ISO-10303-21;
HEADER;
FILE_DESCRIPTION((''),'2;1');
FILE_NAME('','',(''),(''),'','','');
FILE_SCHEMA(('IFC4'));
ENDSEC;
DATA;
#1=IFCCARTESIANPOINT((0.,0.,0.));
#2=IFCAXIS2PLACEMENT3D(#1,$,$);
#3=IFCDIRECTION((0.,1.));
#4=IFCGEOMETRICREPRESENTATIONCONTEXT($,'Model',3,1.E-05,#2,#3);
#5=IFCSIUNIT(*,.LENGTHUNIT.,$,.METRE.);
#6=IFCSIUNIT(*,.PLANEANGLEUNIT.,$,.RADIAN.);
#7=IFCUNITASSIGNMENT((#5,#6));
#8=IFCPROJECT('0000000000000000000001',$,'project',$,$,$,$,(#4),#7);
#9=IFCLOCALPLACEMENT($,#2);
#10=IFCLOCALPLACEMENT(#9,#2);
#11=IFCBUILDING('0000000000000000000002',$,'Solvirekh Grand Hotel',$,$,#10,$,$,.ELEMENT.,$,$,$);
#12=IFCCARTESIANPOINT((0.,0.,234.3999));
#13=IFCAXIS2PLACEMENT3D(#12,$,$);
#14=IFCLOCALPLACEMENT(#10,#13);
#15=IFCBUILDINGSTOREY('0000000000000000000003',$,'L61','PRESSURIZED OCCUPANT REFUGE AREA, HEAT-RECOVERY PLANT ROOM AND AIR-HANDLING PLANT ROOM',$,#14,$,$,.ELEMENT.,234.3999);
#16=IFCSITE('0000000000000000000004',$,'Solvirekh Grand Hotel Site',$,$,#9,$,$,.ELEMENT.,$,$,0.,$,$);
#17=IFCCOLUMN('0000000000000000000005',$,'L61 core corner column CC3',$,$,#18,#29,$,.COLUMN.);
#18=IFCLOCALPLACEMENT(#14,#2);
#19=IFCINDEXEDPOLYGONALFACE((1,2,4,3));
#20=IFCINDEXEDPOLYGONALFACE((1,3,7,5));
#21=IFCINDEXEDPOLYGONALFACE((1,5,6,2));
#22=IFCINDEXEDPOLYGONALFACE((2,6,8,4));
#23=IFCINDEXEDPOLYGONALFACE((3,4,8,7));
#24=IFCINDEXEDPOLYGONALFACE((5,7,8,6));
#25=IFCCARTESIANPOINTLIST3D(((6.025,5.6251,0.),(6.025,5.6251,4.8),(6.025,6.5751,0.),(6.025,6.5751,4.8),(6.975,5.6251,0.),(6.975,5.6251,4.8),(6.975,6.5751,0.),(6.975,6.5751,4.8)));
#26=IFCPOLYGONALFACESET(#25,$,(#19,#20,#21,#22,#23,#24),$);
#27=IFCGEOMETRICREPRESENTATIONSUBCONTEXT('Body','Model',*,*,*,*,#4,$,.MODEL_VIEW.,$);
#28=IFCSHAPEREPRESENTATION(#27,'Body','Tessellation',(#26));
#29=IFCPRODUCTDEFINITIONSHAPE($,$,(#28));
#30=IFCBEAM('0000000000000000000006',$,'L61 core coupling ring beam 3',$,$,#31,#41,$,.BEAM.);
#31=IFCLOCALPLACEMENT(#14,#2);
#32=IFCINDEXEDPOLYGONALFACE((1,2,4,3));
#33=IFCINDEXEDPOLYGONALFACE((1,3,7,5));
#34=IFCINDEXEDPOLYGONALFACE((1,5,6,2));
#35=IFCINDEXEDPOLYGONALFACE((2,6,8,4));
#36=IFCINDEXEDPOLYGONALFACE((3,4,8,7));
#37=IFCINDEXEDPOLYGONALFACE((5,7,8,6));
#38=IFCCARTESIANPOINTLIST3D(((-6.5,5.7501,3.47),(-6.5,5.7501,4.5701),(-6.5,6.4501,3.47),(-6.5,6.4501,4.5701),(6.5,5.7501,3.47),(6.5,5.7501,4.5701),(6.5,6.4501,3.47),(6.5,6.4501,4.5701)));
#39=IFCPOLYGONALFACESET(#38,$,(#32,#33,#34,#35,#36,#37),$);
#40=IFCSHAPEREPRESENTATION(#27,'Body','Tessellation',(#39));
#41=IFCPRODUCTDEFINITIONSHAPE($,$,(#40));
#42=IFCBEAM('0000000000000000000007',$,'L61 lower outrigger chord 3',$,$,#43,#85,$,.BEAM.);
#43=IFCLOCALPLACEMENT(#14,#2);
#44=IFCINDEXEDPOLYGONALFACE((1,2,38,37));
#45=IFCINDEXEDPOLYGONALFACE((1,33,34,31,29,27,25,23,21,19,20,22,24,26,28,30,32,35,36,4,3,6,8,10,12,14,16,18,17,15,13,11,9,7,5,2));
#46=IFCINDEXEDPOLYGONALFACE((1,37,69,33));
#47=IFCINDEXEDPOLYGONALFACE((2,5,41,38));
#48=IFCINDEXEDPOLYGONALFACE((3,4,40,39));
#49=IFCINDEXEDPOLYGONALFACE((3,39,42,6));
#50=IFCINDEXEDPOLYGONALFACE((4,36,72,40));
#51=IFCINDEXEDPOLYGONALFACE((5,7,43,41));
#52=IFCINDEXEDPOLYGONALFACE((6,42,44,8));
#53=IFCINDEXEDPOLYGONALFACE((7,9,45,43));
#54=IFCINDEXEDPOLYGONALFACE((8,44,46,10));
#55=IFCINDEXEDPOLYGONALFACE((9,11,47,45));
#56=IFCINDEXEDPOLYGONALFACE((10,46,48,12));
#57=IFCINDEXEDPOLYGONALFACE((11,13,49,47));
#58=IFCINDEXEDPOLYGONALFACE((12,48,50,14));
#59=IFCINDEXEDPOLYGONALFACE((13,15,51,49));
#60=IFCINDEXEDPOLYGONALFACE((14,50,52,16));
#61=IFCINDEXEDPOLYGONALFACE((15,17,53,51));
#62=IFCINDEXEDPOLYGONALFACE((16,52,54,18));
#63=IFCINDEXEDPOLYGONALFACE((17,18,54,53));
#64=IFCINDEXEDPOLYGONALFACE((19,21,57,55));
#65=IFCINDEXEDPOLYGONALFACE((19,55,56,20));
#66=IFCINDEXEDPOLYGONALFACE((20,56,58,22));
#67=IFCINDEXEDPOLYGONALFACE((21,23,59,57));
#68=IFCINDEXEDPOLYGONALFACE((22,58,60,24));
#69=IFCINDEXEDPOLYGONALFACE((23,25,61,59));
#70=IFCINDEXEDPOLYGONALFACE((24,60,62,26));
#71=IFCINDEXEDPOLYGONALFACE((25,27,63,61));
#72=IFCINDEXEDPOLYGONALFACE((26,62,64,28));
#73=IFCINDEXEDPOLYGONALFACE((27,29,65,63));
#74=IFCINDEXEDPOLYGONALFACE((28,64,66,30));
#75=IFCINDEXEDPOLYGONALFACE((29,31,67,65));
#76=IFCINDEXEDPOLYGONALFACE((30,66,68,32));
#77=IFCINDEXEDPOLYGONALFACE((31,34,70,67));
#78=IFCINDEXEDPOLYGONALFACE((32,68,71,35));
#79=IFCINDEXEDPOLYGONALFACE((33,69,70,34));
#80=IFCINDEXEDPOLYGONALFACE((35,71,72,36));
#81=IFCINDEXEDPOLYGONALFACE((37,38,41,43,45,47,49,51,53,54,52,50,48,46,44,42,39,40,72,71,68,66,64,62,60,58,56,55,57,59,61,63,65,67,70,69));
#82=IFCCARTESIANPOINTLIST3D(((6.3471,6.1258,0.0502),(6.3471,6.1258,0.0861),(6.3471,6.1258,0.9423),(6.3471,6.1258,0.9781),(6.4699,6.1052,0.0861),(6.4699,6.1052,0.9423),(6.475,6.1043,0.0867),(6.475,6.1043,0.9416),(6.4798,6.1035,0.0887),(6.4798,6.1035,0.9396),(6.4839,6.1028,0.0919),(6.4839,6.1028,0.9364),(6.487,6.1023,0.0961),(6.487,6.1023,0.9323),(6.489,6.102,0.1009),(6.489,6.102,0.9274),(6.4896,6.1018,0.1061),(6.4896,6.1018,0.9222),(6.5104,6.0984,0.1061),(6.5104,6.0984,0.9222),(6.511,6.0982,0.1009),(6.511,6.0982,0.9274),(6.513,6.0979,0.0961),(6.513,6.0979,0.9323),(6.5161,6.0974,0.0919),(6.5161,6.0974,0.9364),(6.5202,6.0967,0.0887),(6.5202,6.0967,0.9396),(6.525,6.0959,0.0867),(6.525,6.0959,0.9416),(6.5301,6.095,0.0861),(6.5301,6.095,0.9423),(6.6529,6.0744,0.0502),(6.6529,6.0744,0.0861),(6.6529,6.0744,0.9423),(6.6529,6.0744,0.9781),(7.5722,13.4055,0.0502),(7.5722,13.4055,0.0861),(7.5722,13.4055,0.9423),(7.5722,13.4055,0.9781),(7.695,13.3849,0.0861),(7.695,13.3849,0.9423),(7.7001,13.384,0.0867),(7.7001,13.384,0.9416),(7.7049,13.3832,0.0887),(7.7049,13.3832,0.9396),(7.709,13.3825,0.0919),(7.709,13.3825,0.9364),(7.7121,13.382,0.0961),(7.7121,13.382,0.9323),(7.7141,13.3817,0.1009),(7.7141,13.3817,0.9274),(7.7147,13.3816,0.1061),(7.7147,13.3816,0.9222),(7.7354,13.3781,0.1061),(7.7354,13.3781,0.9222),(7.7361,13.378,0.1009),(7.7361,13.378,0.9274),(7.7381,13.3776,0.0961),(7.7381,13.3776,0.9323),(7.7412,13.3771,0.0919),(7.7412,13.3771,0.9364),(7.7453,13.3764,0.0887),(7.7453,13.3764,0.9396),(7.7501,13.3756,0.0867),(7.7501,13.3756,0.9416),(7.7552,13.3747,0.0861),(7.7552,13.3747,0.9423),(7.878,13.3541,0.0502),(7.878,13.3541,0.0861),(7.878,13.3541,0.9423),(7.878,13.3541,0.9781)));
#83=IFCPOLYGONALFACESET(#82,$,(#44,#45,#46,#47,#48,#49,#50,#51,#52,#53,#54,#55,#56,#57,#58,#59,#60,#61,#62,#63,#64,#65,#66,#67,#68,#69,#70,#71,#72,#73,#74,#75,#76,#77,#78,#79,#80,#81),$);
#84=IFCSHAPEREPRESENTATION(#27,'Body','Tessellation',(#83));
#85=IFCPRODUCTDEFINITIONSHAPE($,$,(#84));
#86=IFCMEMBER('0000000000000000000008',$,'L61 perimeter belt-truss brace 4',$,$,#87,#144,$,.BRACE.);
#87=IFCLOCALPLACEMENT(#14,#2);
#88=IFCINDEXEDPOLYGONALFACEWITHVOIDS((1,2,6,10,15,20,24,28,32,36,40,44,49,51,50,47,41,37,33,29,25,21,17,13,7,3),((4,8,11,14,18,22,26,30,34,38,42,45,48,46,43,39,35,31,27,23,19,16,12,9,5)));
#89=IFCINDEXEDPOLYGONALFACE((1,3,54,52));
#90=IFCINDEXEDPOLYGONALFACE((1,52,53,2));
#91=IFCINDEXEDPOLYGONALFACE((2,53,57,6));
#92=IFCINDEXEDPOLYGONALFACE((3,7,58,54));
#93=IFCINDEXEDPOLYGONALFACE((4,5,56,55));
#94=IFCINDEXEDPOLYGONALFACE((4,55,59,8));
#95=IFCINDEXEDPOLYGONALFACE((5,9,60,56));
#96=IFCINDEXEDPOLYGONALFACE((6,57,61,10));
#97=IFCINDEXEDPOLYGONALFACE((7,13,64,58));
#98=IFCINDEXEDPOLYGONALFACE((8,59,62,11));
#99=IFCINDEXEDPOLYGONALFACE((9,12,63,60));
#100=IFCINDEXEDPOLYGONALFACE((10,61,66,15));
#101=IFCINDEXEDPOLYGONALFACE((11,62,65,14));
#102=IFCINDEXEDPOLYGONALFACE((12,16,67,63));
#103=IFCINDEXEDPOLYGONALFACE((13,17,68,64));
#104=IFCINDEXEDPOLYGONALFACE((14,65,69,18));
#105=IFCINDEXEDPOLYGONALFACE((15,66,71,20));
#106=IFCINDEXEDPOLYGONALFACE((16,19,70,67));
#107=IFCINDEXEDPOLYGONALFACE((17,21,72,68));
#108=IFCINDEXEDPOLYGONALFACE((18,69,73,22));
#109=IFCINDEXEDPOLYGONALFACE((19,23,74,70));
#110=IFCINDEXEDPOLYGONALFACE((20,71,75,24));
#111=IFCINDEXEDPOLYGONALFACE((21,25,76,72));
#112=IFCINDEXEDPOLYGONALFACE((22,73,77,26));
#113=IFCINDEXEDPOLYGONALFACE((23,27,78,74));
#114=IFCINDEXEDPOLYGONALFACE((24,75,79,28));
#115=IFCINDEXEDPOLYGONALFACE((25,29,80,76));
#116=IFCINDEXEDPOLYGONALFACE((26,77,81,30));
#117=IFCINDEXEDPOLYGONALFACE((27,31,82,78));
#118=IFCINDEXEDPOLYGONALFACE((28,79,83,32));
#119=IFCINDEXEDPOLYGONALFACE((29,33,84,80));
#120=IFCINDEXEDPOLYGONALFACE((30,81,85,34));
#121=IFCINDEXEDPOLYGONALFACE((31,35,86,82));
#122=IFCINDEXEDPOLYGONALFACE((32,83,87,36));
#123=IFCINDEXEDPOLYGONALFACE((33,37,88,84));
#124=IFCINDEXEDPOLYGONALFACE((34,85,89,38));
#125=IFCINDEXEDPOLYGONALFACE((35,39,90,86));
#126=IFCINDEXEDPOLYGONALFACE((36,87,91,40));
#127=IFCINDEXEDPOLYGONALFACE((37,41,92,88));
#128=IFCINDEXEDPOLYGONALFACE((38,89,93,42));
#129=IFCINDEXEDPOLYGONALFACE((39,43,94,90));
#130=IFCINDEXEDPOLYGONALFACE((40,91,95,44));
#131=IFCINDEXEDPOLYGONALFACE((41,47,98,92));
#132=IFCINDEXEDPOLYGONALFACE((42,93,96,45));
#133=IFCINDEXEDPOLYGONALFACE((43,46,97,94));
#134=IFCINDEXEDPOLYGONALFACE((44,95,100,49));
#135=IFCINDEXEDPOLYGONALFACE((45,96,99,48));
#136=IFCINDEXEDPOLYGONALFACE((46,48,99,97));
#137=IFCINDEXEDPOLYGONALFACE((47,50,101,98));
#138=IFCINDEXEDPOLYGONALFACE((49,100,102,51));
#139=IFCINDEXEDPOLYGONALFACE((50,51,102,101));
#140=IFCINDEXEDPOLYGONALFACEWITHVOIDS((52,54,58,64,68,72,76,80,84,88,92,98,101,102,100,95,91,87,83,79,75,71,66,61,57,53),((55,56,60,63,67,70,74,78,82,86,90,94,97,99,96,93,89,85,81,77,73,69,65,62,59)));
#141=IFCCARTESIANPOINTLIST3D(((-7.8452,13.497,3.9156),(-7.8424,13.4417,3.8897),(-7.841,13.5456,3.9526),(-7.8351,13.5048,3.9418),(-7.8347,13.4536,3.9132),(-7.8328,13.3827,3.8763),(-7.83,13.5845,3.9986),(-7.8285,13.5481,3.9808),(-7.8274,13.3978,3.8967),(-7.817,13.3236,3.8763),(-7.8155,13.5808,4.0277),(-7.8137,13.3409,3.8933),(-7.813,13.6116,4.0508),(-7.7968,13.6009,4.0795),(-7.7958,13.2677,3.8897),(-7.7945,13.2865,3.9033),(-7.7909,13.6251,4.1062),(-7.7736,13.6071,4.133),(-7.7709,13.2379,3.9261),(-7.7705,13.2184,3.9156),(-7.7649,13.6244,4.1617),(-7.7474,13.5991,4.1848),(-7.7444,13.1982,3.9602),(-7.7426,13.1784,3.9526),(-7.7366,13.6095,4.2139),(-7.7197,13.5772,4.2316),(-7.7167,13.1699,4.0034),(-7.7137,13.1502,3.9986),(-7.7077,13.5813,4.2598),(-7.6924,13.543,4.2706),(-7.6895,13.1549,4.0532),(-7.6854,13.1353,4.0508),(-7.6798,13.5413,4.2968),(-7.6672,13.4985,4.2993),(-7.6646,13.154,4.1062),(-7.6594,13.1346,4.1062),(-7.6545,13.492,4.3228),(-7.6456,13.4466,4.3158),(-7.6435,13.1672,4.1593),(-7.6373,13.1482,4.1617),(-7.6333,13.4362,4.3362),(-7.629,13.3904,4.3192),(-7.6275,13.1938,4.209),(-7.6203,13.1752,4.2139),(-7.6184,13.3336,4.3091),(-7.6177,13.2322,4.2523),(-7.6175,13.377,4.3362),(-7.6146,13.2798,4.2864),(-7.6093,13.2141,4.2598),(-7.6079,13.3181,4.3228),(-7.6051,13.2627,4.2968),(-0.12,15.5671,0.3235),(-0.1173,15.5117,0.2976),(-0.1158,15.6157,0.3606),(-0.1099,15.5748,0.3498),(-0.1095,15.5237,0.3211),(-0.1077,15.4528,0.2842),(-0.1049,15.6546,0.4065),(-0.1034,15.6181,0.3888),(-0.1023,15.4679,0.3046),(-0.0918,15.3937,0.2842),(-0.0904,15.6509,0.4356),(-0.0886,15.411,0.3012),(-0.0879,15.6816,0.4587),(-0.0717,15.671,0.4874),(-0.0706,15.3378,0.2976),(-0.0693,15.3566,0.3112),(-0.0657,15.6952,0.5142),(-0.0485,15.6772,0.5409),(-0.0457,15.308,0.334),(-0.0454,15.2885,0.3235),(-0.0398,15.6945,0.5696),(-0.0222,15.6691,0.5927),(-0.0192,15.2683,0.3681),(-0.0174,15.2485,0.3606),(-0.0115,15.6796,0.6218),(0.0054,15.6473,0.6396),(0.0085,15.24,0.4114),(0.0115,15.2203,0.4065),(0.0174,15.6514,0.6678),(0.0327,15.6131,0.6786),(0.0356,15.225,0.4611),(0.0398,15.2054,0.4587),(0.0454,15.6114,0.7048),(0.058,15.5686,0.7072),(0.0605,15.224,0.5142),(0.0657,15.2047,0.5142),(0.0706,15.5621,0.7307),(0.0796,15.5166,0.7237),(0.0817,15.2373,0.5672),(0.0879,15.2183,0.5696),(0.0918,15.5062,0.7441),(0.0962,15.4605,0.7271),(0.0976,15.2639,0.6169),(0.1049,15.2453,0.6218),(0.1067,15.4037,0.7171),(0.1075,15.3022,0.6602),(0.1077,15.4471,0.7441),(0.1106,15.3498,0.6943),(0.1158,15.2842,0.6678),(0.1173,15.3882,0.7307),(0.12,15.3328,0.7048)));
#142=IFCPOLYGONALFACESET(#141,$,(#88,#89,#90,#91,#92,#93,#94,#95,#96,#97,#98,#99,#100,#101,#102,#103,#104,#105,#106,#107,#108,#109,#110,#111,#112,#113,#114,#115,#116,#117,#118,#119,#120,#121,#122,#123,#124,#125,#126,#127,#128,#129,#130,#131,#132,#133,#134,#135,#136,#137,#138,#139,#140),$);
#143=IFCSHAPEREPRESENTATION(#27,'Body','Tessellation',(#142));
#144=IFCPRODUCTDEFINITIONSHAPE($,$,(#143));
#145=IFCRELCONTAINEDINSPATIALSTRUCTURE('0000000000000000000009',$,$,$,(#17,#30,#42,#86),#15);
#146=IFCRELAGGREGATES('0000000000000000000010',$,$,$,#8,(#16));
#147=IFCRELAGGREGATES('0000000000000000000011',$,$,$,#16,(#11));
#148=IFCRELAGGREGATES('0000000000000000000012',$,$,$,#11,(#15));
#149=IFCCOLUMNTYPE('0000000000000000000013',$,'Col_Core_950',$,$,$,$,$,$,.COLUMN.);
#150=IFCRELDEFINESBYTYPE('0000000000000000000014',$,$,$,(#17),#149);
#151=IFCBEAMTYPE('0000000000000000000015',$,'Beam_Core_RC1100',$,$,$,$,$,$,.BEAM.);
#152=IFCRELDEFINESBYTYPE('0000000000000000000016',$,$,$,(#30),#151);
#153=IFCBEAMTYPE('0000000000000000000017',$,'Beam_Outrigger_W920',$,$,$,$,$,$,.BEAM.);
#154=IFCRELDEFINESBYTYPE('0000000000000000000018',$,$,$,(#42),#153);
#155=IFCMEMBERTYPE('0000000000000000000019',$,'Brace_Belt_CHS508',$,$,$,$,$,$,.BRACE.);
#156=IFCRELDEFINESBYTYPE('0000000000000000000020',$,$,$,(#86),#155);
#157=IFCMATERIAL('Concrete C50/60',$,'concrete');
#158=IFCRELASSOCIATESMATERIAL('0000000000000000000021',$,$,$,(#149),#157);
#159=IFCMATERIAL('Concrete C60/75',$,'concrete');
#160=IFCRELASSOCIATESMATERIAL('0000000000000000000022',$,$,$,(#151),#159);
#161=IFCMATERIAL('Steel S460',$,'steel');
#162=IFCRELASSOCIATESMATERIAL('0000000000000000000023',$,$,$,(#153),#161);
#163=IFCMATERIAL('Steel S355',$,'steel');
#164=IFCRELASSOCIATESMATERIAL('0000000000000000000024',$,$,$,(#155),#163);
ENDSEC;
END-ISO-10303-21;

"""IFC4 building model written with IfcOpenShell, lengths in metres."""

from ifc_helpers import new_model, si_unit, direction, frame, origin, origin_2d, place, context, subcontext, project, spatial, rectangle, hollow_circle, i_section, extrude, material, material_profile, profile_set, type_object, element, save


model = new_model("IFC4")

# Units and contexts
model_context = context("Model", 3, precision=1e-05, world=origin(), true_north=direction((0.0, 1.0)))
body_context = subcontext(model_context, "Body", "Model", "MODEL_VIEW")
ifc_project = project(units=[si_unit("LENGTHUNIT", "METRE"), si_unit("PLANEANGLEUNIT", "RADIAN")], contexts=[model_context])

# Site, building, storey
site_placement = place(None, origin())
site = spatial("IfcSite", under=ifc_project, at=site_placement, Name="Solvirekh Grand Hotel Site", CompositionType="ELEMENT", RefElevation=0.0)
building_placement = place(site_placement, origin())
building = spatial("IfcBuilding", under=site, at=building_placement, Name="Solvirekh Grand Hotel", CompositionType="ELEMENT")
storey_placement = place(building_placement, frame((0.0, 0.0, 234.3999)))
storey = spatial("IfcBuildingStorey", under=building, at=storey_placement, Name="L61", Description="PRESSURIZED OCCUPANT REFUGE AREA, HEAT-RECOVERY PLANT ROOM AND AIR-HANDLING PLANT ROOM", CompositionType="ELEMENT", Elevation=234.3999)

# Column
ifc_material_1 = material(Name="Concrete C50/60", Category="concrete")
ifc_material_profile_1 = material_profile(ifc_material_1, rectangle(XDim=0.95, YDim=0.95, at=origin_2d()), Name="RC 950X950")
ifc_profile_set_1 = profile_set([ifc_material_profile_1], Name="Concrete C50/60")
column_type = type_object("IfcColumnType", Name="Col_Core_950", PredefinedType="COLUMN", material=ifc_profile_set_1)
column_placement = place(storey_placement, frame((6.5, 6.1001, 0.0), z_axis=(0.0, 0.0, 1.0), x_axis=(1.0, 0.0, 0.0)))
element("IfcColumn", 1, at=column_placement, inside=storey, type_object=column_type, Name="L61 core corner column CC3", PredefinedType="COLUMN", context=body_context, shape_type="SweptSolid", body=[
    extrude(rectangle(XDim=0.95, YDim=0.95, at=origin_2d()), origin(), (0.0, 0.0, 1.0), 4.8),
])

# Beams
ifc_material_2 = material(Name="Concrete C60/75", Category="concrete")
ifc_material_profile_2 = material_profile(ifc_material_2, rectangle(XDim=0.7, YDim=1.1001, at=origin_2d()), Name="RC BEAM 700X1100")
ifc_profile_set_2 = profile_set([ifc_material_profile_2], Name="Concrete C60/75")
beam_type_1 = type_object("IfcBeamType", Name="Beam_Core_RC1100", PredefinedType="BEAM", material=ifc_profile_set_2)
beam_1_placement = place(storey_placement, frame((6.5, 6.1001, 4.02), z_axis=(-1.0, 0.0, 0.0), x_axis=(0.0, -1.0, 0.0)))
element("IfcBeam", 2, at=beam_1_placement, inside=storey, type_object=beam_type_1, Name="L61 core coupling ring beam 3", PredefinedType="BEAM", context=body_context, shape_type="SweptSolid", body=[
    extrude(rectangle(XDim=0.7, YDim=1.1001, at=origin_2d()), origin(), (0.0, 0.0, 1.0), 13.0),
])
ifc_material_3 = material(Name="Steel S460", Category="steel")
ifc_material_profile_3 = material_profile(ifc_material_3, i_section(OverallWidth=0.3101, OverallDepth=0.928, WebThickness=0.021, FlangeThickness=0.0359, FilletRadius=0.02, at=origin_2d()), Name="W920X342")
ifc_profile_set_3 = profile_set([ifc_material_profile_3], Name="Steel S460")
beam_type_2 = type_object("IfcBeamType", Name="Beam_Outrigger_W920", PredefinedType="BEAM", material=ifc_profile_set_3)
beam_2_placement = place(storey_placement, frame((6.5, 6.1001, 0.5142), z_axis=(0.165954, 0.986133, 0.0), x_axis=(-0.986133, 0.165954, 0.0)))
element("IfcBeam", 3, at=beam_2_placement, inside=storey, type_object=beam_type_2, Name="L61 lower outrigger chord 3", PredefinedType="BEAM", context=body_context, shape_type="SweptSolid", body=[
    extrude(i_section(OverallWidth=0.3101, OverallDepth=0.928, WebThickness=0.021, FlangeThickness=0.0359, FilletRadius=0.02, at=origin_2d()), origin(), (0.0, 0.0, 1.0), 7.3821),
])

# Member
ifc_material_4 = material(Name="Steel S355", Category="steel")
ifc_material_profile_4 = material_profile(ifc_material_4, hollow_circle(Radius=0.2539, WallThickness=0.02, at=origin_2d()), Name="CHS 508X20")
ifc_profile_set_4 = profile_set([ifc_material_profile_4], Name="Steel S355")
member_type_1 = type_object("IfcMemberType", Name="Brace_Belt_CHS508", PredefinedType="BRACE", material=ifc_profile_set_4)
member_1_placement = place(storey_placement, frame((0.0, 15.45, 0.5142), z_axis=(-0.881129, -0.236113, 0.40971), x_axis=(0.258835, -0.965922, 0.0)))
element("IfcMember", 4, at=member_1_placement, inside=storey, type_object=member_type_1, Name="L61 perimeter belt-truss brace 4", PredefinedType="BRACE", context=body_context, shape_type="SweptSolid", body=[
    extrude(hollow_circle(Radius=0.2539, WallThickness=0.02, at=origin_2d()), origin(), (0.0, 0.0, 1.0), 8.7673),
])

save(model, "model.ifc")
